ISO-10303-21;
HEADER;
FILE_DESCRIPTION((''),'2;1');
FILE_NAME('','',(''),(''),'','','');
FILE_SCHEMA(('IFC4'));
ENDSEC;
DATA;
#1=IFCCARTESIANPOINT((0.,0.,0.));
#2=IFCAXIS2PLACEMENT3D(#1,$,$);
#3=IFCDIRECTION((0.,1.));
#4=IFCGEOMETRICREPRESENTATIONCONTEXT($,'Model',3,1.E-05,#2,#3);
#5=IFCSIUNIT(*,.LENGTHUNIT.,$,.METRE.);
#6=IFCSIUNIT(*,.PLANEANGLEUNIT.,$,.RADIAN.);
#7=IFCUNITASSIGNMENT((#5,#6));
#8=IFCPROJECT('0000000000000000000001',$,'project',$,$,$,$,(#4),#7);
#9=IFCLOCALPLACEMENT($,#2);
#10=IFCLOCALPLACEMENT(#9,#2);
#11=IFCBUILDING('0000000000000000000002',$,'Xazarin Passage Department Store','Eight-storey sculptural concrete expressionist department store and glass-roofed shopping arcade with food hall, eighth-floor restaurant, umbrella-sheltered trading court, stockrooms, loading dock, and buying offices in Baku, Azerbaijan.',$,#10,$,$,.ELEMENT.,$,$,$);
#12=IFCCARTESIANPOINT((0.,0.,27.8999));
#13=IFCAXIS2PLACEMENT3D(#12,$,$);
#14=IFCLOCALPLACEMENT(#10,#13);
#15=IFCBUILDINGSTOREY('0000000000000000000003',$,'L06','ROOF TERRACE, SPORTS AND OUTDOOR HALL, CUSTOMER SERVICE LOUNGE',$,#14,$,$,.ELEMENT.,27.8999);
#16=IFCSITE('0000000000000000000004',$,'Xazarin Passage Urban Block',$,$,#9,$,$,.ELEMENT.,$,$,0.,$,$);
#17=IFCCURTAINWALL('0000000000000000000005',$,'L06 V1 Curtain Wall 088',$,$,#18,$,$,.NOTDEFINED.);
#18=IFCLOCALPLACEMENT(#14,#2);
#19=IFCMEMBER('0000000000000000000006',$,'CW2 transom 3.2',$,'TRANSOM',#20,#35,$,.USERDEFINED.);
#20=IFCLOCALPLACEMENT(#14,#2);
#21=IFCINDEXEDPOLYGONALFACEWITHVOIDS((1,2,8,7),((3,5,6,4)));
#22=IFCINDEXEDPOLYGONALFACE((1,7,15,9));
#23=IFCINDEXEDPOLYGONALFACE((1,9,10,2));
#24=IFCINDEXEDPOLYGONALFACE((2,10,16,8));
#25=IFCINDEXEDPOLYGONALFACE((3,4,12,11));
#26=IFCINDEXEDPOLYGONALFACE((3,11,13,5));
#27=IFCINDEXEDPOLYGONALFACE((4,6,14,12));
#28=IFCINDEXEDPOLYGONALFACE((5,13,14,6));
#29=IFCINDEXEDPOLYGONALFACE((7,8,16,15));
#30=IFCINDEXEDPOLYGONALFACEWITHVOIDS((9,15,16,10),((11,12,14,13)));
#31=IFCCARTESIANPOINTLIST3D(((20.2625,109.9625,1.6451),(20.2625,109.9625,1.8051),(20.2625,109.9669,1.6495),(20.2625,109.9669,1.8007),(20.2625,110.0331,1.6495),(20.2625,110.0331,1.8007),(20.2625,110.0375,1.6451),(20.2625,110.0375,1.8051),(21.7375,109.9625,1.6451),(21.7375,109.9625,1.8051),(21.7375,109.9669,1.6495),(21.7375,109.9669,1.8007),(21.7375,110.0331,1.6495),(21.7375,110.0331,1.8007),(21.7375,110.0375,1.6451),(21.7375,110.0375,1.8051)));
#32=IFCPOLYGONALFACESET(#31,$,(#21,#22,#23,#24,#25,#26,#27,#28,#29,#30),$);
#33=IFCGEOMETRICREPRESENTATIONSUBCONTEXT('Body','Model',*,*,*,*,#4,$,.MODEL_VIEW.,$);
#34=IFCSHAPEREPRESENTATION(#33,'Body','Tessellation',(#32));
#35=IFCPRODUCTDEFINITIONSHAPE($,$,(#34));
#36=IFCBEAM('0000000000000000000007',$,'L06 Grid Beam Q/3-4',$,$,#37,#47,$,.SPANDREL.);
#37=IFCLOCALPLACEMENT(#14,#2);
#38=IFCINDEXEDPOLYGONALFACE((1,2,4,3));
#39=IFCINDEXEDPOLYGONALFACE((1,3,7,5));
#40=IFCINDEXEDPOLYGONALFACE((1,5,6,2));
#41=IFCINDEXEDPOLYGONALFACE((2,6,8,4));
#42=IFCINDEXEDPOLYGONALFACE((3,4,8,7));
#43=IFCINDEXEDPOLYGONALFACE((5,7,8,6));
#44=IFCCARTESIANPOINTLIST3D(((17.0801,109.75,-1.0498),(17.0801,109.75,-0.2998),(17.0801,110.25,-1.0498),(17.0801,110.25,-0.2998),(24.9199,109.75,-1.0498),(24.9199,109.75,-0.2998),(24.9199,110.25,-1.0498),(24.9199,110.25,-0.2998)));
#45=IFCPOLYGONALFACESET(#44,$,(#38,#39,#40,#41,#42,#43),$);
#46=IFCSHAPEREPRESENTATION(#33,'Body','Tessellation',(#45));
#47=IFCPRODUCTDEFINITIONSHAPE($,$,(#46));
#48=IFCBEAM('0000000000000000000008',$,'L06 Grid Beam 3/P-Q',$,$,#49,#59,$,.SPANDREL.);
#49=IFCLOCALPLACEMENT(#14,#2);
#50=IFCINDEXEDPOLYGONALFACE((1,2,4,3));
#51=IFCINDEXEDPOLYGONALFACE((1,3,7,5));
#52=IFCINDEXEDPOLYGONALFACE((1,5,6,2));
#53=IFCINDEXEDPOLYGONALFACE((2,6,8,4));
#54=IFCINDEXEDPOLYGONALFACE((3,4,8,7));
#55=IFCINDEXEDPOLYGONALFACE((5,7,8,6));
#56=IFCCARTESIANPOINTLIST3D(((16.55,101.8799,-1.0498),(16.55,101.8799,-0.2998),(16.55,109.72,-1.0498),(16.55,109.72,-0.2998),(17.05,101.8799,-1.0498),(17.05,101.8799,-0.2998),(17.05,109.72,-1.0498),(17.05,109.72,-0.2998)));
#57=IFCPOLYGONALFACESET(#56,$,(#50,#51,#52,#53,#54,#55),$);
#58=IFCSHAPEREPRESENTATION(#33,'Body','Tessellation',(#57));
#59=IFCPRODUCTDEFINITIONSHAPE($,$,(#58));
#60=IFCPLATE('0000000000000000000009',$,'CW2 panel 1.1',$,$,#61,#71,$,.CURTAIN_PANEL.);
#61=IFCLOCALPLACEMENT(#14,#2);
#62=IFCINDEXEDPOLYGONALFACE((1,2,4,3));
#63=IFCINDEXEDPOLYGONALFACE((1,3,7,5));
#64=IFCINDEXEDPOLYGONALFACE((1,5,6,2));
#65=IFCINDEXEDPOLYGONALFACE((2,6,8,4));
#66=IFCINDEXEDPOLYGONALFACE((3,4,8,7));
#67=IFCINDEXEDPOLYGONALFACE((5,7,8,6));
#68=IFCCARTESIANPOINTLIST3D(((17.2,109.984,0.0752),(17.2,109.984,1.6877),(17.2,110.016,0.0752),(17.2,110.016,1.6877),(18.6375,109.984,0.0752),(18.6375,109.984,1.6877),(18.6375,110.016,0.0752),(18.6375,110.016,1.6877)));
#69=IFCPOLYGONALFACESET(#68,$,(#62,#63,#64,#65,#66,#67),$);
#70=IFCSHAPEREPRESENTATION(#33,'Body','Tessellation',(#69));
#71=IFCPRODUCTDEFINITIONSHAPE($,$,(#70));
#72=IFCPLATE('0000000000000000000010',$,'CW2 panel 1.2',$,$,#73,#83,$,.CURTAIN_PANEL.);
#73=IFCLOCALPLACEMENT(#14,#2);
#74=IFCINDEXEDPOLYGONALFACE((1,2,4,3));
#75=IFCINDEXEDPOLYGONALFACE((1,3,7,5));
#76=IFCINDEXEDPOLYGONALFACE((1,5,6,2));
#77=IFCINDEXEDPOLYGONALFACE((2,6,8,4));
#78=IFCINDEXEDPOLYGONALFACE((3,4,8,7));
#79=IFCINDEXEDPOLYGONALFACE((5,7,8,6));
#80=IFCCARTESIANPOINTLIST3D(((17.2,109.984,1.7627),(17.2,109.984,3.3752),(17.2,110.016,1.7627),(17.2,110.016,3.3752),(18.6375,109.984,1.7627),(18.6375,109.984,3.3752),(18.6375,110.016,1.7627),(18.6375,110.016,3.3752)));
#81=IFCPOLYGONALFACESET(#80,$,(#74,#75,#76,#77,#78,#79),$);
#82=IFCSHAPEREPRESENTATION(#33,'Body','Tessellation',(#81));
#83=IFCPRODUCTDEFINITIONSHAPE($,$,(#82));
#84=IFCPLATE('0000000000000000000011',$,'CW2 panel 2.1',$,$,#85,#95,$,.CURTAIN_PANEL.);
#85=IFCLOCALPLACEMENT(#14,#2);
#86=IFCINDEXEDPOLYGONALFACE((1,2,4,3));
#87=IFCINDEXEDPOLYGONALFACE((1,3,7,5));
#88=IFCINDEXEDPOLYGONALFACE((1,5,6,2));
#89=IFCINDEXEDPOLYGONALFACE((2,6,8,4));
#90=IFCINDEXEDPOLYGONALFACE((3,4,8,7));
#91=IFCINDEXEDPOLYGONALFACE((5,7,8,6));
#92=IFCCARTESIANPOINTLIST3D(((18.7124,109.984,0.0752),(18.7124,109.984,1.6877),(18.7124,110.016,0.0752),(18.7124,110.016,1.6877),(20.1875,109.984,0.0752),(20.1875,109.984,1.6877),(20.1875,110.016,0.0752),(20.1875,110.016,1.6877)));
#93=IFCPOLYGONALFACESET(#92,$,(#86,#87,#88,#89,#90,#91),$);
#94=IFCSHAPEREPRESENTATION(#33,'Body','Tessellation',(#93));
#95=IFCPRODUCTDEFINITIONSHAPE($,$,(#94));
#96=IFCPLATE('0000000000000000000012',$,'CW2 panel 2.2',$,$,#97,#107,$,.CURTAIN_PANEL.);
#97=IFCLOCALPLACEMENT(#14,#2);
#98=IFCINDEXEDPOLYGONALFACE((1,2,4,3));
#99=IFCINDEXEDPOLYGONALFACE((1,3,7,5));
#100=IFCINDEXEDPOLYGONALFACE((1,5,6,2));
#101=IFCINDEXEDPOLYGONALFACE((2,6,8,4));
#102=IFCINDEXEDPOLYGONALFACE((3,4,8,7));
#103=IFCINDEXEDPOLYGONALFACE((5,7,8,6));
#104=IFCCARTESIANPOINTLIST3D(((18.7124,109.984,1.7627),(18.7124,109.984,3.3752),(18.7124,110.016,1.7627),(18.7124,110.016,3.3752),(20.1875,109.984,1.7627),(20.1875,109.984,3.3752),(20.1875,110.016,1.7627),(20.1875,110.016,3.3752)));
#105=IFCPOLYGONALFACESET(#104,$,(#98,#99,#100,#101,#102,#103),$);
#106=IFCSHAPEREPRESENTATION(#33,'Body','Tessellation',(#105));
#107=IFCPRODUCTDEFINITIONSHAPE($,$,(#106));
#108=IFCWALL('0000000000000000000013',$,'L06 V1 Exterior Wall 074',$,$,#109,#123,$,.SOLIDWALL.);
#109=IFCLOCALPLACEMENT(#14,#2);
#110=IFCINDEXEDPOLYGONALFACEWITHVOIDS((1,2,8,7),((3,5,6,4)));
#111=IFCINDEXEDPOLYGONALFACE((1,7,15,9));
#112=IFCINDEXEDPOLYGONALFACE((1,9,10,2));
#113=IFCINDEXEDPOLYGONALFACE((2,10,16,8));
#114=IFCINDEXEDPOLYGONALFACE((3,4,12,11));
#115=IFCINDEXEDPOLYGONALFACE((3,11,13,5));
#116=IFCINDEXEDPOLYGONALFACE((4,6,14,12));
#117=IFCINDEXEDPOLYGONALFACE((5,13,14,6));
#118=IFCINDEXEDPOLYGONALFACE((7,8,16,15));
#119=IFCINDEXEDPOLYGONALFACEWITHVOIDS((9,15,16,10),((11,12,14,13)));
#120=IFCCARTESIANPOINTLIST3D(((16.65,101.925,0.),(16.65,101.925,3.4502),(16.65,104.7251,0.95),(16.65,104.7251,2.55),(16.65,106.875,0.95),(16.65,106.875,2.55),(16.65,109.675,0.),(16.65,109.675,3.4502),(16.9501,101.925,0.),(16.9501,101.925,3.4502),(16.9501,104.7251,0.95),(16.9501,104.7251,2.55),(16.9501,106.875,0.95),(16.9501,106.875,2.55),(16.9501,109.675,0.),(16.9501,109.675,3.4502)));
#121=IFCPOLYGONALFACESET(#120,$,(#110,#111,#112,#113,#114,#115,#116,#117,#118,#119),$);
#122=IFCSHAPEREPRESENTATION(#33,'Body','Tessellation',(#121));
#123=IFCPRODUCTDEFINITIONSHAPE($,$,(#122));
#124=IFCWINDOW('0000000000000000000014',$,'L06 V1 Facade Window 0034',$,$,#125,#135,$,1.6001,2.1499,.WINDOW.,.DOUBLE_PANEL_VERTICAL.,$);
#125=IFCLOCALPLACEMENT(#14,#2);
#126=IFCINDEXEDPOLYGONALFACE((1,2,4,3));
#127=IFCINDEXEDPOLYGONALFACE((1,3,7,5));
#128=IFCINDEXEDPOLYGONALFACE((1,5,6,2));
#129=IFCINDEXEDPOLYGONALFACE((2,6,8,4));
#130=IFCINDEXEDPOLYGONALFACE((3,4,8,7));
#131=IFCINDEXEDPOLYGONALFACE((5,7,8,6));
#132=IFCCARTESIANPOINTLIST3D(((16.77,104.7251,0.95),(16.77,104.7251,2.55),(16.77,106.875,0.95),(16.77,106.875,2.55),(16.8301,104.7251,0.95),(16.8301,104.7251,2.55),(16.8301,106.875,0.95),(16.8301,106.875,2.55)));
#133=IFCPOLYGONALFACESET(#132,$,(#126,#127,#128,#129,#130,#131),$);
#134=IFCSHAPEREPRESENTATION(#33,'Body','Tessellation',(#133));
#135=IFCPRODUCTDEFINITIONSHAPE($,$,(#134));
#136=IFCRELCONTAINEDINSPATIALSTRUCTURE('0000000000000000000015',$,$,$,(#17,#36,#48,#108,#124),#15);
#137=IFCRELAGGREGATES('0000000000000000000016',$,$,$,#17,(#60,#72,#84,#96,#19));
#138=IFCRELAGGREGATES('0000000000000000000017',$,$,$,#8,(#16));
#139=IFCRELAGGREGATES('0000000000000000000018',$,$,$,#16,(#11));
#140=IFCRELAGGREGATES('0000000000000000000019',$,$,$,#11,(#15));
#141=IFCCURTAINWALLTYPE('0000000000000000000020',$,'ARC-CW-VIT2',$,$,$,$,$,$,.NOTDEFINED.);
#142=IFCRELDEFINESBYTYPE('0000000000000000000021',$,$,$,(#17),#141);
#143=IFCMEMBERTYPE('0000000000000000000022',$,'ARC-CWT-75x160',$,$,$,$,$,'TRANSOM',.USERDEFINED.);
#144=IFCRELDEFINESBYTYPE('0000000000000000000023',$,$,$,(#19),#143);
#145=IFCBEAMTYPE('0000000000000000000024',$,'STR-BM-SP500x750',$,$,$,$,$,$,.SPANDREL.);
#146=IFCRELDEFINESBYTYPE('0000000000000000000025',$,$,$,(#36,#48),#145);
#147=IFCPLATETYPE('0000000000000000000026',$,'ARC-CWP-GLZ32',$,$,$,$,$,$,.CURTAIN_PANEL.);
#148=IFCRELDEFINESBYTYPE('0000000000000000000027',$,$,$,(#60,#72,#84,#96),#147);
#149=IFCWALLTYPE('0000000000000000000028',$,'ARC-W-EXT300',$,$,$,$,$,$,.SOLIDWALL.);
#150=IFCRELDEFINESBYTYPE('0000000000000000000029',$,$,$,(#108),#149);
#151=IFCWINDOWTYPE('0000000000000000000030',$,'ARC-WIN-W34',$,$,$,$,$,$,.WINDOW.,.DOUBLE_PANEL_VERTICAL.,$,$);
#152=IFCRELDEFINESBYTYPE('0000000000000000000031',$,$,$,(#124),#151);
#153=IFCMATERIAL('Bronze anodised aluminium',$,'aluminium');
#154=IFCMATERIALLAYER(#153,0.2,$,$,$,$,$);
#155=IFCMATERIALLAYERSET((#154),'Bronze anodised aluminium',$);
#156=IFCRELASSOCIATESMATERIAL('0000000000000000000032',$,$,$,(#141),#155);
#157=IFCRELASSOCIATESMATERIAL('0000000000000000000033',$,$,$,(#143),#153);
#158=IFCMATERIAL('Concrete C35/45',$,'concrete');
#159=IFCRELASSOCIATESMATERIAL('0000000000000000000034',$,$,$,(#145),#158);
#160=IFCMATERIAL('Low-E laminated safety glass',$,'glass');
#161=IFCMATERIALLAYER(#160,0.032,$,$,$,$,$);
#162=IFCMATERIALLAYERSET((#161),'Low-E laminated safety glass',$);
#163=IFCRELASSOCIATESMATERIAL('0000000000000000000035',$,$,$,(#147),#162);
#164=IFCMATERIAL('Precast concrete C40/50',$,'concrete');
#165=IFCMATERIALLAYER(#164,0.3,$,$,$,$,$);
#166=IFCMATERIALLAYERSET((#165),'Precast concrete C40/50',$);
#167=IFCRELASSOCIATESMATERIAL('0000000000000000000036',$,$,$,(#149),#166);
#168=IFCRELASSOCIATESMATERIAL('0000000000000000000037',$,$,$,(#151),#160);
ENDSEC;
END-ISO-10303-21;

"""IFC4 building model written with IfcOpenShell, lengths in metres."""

from ifc_helpers import new_model, si_unit, direction, frame, frame_2d, origin, origin_2d, place, context, subcontext, project, spatial, rectangle, hollow_rectangle, extrude, material, layer, layer_set, material_profile, profile_set, type_object, element, fill, aggregate, save


model = new_model("IFC4")

# Units and contexts
model_context = context("Model", 3, precision=1e-05, world=origin(), true_north=direction((0.0, 1.0)))
body_context = subcontext(model_context, "Body", "Model", "MODEL_VIEW")
ifc_project = project(units=[si_unit("LENGTHUNIT", "METRE"), si_unit("PLANEANGLEUNIT", "RADIAN")], contexts=[model_context])

# Site, building, storey
site_placement = place(None, origin())
site = spatial("IfcSite", under=ifc_project, at=site_placement, Name="Xazarin Passage Urban Block", CompositionType="ELEMENT", RefElevation=0.0)
building_placement = place(site_placement, origin())
building = spatial("IfcBuilding", under=site, at=building_placement, Name="Xazarin Passage Department Store", Description="Eight-storey sculptural concrete expressionist department store and glass-roofed shopping arcade with food hall, eighth-floor restaurant, umbrella-sheltered trading court, stockrooms, loading dock, and buying offices in Baku, Azerbaijan.", CompositionType="ELEMENT")
storey_placement = place(building_placement, frame((0.0, 0.0, 27.8999)))
storey = spatial("IfcBuildingStorey", under=building, at=storey_placement, Name="L06", Description="ROOF TERRACE, SPORTS AND OUTDOOR HALL, CUSTOMER SERVICE LOUNGE", CompositionType="ELEMENT", Elevation=27.8999)

# Curtain wall, member
ifc_material_1 = material(Name="Bronze anodised aluminium", Category="aluminium")
ifc_layer_1 = layer(ifc_material_1, 0.2)
ifc_layer_set_1 = layer_set([ifc_layer_1], Name="Bronze anodised aluminium")
curtain_wall_type = type_object("IfcCurtainWallType", Name="ARC-CW-VIT2", PredefinedType="NOTDEFINED", material=ifc_layer_set_1)
curtain_wall_placement = place(storey_placement, origin())
curtain_wall = element("IfcCurtainWall", 1, at=curtain_wall_placement, inside=storey, type_object=curtain_wall_type, Name="L06 V1 Curtain Wall 088", PredefinedType="NOTDEFINED")
ifc_material_profile_1 = material_profile(ifc_material_1, hollow_rectangle(XDim=0.075, YDim=0.1599, WallThickness=0.0044, at=origin_2d()), Name="ALU 75x160")
ifc_profile_set_1 = profile_set([ifc_material_profile_1], Name="Bronze anodised aluminium")
member_type_1 = type_object("IfcMemberType", Name="ARC-CWT-75x160", ElementType="TRANSOM", PredefinedType="USERDEFINED", material=ifc_profile_set_1)
member_1_placement = place(storey_placement, frame((20.2625, 110.0, 1.7251), z_axis=(1.0, 0.0, 0.0), x_axis=(0.0, 1.0, 0.0)))
member_1 = element("IfcMember", 2, at=member_1_placement, type_object=member_type_1, Name="CW2 transom 3.2", ObjectType="TRANSOM", PredefinedType="USERDEFINED", context=body_context, shape_type="SweptSolid", body=[
    extrude(hollow_rectangle(XDim=0.075, YDim=0.1599, WallThickness=0.0044, at=origin_2d()), origin(), (0.0, 0.0, 1.0), 1.4751),
])

# Beams
ifc_material_2 = material(Name="Concrete C35/45", Category="concrete")
ifc_material_profile_2 = material_profile(ifc_material_2, rectangle(XDim=0.5, YDim=0.75, at=origin_2d()), Name="RC 500x750")
ifc_profile_set_2 = profile_set([ifc_material_profile_2], Name="Concrete C35/45")
beam_type = type_object("IfcBeamType", Name="STR-BM-SP500x750", PredefinedType="SPANDREL", material=ifc_profile_set_2)
beam_1_placement = place(storey_placement, frame((17.0801, 110.0, -0.6748), z_axis=(1.0, 0.0, 0.0), x_axis=(0.0, 1.0, 0.0)))
element("IfcBeam", 3, at=beam_1_placement, inside=storey, type_object=beam_type, Name="L06 Grid Beam Q/3-4", PredefinedType="SPANDREL", context=body_context, shape_type="SweptSolid", body=[
    extrude(rectangle(XDim=0.5, YDim=0.75, at=origin_2d()), origin(), (0.0, 0.0, 1.0), 7.8398),
])
beam_2_placement = place(storey_placement, frame((16.8, 101.8799, -0.6748), z_axis=(0.0, 1.0, 0.0), x_axis=(-1.0, 0.0, 0.0)))
element("IfcBeam", 4, at=beam_2_placement, inside=storey, type_object=beam_type, Name="L06 Grid Beam 3/P-Q", PredefinedType="SPANDREL", context=body_context, shape_type="SweptSolid", body=[
    extrude(rectangle(XDim=0.5, YDim=0.75, at=origin_2d()), origin(), (0.0, 0.0, 1.0), 7.8401),
])

# Plates
ifc_material_3 = material(Name="Low-E laminated safety glass", Category="glass")
ifc_layer_2 = layer(ifc_material_3, 0.032)
ifc_layer_set_2 = layer_set([ifc_layer_2], Name="Low-E laminated safety glass")
plate_type = type_object("IfcPlateType", Name="ARC-CWP-GLZ32", PredefinedType="CURTAIN_PANEL", material=ifc_layer_set_2)
plate_1_placement = place(storey_placement, frame((17.9187, 110.0, 0.0752), z_axis=(0.0, 0.0, 1.0), x_axis=(1.0, 0.0, 0.0)))
plate_1 = element("IfcPlate", 5, at=plate_1_placement, type_object=plate_type, Name="CW2 panel 1.1", PredefinedType="CURTAIN_PANEL", context=body_context, shape_type="SweptSolid", body=[
    extrude(rectangle(XDim=1.4375, YDim=0.032, at=origin_2d()), origin(), (0.0, 0.0, 1.0), 1.6125),
])
plate_2_placement = place(storey_placement, frame((17.9187, 110.0, 1.7627), z_axis=(0.0, 0.0, 1.0), x_axis=(1.0, 0.0, 0.0)))
plate_2 = element("IfcPlate", 6, at=plate_2_placement, type_object=plate_type, Name="CW2 panel 1.2", PredefinedType="CURTAIN_PANEL", context=body_context, shape_type="SweptSolid", body=[
    extrude(rectangle(XDim=1.4375, YDim=0.032, at=origin_2d()), origin(), (0.0, 0.0, 1.0), 1.6125),
])
plate_3_placement = place(storey_placement, frame((19.45, 110.0, 0.0752), z_axis=(0.0, 0.0, 1.0), x_axis=(1.0, 0.0, 0.0)))
plate_3 = element("IfcPlate", 7, at=plate_3_placement, type_object=plate_type, Name="CW2 panel 2.1", PredefinedType="CURTAIN_PANEL", context=body_context, shape_type="SweptSolid", body=[
    extrude(rectangle(XDim=1.4751, YDim=0.032, at=origin_2d()), origin(), (0.0, 0.0, 1.0), 1.6125),
])
plate_4_placement = place(storey_placement, frame((19.45, 110.0, 1.7627), z_axis=(0.0, 0.0, 1.0), x_axis=(1.0, 0.0, 0.0)))
plate_4 = element("IfcPlate", 8, at=plate_4_placement, type_object=plate_type, Name="CW2 panel 2.2", PredefinedType="CURTAIN_PANEL", context=body_context, shape_type="SweptSolid", body=[
    extrude(rectangle(XDim=1.4751, YDim=0.032, at=origin_2d()), origin(), (0.0, 0.0, 1.0), 1.6125),
])
aggregate(curtain_wall, [plate_1, plate_2, plate_3, plate_4, member_1])

# Wall, opening, window
ifc_material_4 = material(Name="Precast concrete C40/50", Category="concrete")
ifc_layer_3 = layer(ifc_material_4, 0.3)
ifc_layer_set_3 = layer_set([ifc_layer_3], Name="Precast concrete C40/50")
wall_type = type_object("IfcWallType", Name="ARC-W-EXT300", PredefinedType="SOLIDWALL", material=ifc_layer_set_3)
wall_placement = place(storey_placement, frame((16.8, 101.925, 0.0), z_axis=(0.0, 0.0, 1.0), x_axis=(0.0, 1.0, 0.0)))
wall = element("IfcWall", 9, at=wall_placement, inside=storey, type_object=wall_type, Name="L06 V1 Exterior Wall 074", PredefinedType="SOLIDWALL", context=body_context, shape_type="SweptSolid", body=[
    extrude(rectangle(XDim=7.75, YDim=0.3, at=frame_2d((3.875, 0.0))), origin(), (0.0, 0.0, 1.0), 3.4502),
])
opening_placement = place(wall_placement, frame((2.8, 0.0, 0.95)))
opening = element("IfcOpeningElement", 10, at=opening_placement, cuts=wall, PredefinedType="OPENING", context=body_context, shape_type="SweptSolid", body=[
    extrude(rectangle(XDim=2.1499, YDim=1.6001, at=frame_2d((1.075, 0.8))), frame((0.0, 0.1599, 0.0), z_axis=(0.0, -1.0, 0.0), x_axis=(1.0, 0.0, 0.0)), (0.0, 0.0, 1.0), 0.3201),
])
window_type = type_object("IfcWindowType", Name="ARC-WIN-W34", PartitioningType="DOUBLE_PANEL_VERTICAL", PredefinedType="WINDOW", material=ifc_material_3)
window_placement = place(opening_placement, origin())
window = element("IfcWindow", 11, at=window_placement, inside=storey, type_object=window_type, Name="L06 V1 Facade Window 0034", OverallHeight=1.6001, OverallWidth=2.1499, PartitioningType="DOUBLE_PANEL_VERTICAL", PredefinedType="WINDOW", context=body_context, shape_type="SweptSolid", body=[
    extrude(rectangle(XDim=2.1499, YDim=1.6001, at=frame_2d((1.075, 0.8))), frame((0.0, 0.03, 0.0), z_axis=(0.0, -1.0, 0.0), x_axis=(1.0, 0.0, 0.0)), (0.0, 0.0, 1.0), 0.0601),
])
fill(opening, window)

save(model, "model.ifc")
